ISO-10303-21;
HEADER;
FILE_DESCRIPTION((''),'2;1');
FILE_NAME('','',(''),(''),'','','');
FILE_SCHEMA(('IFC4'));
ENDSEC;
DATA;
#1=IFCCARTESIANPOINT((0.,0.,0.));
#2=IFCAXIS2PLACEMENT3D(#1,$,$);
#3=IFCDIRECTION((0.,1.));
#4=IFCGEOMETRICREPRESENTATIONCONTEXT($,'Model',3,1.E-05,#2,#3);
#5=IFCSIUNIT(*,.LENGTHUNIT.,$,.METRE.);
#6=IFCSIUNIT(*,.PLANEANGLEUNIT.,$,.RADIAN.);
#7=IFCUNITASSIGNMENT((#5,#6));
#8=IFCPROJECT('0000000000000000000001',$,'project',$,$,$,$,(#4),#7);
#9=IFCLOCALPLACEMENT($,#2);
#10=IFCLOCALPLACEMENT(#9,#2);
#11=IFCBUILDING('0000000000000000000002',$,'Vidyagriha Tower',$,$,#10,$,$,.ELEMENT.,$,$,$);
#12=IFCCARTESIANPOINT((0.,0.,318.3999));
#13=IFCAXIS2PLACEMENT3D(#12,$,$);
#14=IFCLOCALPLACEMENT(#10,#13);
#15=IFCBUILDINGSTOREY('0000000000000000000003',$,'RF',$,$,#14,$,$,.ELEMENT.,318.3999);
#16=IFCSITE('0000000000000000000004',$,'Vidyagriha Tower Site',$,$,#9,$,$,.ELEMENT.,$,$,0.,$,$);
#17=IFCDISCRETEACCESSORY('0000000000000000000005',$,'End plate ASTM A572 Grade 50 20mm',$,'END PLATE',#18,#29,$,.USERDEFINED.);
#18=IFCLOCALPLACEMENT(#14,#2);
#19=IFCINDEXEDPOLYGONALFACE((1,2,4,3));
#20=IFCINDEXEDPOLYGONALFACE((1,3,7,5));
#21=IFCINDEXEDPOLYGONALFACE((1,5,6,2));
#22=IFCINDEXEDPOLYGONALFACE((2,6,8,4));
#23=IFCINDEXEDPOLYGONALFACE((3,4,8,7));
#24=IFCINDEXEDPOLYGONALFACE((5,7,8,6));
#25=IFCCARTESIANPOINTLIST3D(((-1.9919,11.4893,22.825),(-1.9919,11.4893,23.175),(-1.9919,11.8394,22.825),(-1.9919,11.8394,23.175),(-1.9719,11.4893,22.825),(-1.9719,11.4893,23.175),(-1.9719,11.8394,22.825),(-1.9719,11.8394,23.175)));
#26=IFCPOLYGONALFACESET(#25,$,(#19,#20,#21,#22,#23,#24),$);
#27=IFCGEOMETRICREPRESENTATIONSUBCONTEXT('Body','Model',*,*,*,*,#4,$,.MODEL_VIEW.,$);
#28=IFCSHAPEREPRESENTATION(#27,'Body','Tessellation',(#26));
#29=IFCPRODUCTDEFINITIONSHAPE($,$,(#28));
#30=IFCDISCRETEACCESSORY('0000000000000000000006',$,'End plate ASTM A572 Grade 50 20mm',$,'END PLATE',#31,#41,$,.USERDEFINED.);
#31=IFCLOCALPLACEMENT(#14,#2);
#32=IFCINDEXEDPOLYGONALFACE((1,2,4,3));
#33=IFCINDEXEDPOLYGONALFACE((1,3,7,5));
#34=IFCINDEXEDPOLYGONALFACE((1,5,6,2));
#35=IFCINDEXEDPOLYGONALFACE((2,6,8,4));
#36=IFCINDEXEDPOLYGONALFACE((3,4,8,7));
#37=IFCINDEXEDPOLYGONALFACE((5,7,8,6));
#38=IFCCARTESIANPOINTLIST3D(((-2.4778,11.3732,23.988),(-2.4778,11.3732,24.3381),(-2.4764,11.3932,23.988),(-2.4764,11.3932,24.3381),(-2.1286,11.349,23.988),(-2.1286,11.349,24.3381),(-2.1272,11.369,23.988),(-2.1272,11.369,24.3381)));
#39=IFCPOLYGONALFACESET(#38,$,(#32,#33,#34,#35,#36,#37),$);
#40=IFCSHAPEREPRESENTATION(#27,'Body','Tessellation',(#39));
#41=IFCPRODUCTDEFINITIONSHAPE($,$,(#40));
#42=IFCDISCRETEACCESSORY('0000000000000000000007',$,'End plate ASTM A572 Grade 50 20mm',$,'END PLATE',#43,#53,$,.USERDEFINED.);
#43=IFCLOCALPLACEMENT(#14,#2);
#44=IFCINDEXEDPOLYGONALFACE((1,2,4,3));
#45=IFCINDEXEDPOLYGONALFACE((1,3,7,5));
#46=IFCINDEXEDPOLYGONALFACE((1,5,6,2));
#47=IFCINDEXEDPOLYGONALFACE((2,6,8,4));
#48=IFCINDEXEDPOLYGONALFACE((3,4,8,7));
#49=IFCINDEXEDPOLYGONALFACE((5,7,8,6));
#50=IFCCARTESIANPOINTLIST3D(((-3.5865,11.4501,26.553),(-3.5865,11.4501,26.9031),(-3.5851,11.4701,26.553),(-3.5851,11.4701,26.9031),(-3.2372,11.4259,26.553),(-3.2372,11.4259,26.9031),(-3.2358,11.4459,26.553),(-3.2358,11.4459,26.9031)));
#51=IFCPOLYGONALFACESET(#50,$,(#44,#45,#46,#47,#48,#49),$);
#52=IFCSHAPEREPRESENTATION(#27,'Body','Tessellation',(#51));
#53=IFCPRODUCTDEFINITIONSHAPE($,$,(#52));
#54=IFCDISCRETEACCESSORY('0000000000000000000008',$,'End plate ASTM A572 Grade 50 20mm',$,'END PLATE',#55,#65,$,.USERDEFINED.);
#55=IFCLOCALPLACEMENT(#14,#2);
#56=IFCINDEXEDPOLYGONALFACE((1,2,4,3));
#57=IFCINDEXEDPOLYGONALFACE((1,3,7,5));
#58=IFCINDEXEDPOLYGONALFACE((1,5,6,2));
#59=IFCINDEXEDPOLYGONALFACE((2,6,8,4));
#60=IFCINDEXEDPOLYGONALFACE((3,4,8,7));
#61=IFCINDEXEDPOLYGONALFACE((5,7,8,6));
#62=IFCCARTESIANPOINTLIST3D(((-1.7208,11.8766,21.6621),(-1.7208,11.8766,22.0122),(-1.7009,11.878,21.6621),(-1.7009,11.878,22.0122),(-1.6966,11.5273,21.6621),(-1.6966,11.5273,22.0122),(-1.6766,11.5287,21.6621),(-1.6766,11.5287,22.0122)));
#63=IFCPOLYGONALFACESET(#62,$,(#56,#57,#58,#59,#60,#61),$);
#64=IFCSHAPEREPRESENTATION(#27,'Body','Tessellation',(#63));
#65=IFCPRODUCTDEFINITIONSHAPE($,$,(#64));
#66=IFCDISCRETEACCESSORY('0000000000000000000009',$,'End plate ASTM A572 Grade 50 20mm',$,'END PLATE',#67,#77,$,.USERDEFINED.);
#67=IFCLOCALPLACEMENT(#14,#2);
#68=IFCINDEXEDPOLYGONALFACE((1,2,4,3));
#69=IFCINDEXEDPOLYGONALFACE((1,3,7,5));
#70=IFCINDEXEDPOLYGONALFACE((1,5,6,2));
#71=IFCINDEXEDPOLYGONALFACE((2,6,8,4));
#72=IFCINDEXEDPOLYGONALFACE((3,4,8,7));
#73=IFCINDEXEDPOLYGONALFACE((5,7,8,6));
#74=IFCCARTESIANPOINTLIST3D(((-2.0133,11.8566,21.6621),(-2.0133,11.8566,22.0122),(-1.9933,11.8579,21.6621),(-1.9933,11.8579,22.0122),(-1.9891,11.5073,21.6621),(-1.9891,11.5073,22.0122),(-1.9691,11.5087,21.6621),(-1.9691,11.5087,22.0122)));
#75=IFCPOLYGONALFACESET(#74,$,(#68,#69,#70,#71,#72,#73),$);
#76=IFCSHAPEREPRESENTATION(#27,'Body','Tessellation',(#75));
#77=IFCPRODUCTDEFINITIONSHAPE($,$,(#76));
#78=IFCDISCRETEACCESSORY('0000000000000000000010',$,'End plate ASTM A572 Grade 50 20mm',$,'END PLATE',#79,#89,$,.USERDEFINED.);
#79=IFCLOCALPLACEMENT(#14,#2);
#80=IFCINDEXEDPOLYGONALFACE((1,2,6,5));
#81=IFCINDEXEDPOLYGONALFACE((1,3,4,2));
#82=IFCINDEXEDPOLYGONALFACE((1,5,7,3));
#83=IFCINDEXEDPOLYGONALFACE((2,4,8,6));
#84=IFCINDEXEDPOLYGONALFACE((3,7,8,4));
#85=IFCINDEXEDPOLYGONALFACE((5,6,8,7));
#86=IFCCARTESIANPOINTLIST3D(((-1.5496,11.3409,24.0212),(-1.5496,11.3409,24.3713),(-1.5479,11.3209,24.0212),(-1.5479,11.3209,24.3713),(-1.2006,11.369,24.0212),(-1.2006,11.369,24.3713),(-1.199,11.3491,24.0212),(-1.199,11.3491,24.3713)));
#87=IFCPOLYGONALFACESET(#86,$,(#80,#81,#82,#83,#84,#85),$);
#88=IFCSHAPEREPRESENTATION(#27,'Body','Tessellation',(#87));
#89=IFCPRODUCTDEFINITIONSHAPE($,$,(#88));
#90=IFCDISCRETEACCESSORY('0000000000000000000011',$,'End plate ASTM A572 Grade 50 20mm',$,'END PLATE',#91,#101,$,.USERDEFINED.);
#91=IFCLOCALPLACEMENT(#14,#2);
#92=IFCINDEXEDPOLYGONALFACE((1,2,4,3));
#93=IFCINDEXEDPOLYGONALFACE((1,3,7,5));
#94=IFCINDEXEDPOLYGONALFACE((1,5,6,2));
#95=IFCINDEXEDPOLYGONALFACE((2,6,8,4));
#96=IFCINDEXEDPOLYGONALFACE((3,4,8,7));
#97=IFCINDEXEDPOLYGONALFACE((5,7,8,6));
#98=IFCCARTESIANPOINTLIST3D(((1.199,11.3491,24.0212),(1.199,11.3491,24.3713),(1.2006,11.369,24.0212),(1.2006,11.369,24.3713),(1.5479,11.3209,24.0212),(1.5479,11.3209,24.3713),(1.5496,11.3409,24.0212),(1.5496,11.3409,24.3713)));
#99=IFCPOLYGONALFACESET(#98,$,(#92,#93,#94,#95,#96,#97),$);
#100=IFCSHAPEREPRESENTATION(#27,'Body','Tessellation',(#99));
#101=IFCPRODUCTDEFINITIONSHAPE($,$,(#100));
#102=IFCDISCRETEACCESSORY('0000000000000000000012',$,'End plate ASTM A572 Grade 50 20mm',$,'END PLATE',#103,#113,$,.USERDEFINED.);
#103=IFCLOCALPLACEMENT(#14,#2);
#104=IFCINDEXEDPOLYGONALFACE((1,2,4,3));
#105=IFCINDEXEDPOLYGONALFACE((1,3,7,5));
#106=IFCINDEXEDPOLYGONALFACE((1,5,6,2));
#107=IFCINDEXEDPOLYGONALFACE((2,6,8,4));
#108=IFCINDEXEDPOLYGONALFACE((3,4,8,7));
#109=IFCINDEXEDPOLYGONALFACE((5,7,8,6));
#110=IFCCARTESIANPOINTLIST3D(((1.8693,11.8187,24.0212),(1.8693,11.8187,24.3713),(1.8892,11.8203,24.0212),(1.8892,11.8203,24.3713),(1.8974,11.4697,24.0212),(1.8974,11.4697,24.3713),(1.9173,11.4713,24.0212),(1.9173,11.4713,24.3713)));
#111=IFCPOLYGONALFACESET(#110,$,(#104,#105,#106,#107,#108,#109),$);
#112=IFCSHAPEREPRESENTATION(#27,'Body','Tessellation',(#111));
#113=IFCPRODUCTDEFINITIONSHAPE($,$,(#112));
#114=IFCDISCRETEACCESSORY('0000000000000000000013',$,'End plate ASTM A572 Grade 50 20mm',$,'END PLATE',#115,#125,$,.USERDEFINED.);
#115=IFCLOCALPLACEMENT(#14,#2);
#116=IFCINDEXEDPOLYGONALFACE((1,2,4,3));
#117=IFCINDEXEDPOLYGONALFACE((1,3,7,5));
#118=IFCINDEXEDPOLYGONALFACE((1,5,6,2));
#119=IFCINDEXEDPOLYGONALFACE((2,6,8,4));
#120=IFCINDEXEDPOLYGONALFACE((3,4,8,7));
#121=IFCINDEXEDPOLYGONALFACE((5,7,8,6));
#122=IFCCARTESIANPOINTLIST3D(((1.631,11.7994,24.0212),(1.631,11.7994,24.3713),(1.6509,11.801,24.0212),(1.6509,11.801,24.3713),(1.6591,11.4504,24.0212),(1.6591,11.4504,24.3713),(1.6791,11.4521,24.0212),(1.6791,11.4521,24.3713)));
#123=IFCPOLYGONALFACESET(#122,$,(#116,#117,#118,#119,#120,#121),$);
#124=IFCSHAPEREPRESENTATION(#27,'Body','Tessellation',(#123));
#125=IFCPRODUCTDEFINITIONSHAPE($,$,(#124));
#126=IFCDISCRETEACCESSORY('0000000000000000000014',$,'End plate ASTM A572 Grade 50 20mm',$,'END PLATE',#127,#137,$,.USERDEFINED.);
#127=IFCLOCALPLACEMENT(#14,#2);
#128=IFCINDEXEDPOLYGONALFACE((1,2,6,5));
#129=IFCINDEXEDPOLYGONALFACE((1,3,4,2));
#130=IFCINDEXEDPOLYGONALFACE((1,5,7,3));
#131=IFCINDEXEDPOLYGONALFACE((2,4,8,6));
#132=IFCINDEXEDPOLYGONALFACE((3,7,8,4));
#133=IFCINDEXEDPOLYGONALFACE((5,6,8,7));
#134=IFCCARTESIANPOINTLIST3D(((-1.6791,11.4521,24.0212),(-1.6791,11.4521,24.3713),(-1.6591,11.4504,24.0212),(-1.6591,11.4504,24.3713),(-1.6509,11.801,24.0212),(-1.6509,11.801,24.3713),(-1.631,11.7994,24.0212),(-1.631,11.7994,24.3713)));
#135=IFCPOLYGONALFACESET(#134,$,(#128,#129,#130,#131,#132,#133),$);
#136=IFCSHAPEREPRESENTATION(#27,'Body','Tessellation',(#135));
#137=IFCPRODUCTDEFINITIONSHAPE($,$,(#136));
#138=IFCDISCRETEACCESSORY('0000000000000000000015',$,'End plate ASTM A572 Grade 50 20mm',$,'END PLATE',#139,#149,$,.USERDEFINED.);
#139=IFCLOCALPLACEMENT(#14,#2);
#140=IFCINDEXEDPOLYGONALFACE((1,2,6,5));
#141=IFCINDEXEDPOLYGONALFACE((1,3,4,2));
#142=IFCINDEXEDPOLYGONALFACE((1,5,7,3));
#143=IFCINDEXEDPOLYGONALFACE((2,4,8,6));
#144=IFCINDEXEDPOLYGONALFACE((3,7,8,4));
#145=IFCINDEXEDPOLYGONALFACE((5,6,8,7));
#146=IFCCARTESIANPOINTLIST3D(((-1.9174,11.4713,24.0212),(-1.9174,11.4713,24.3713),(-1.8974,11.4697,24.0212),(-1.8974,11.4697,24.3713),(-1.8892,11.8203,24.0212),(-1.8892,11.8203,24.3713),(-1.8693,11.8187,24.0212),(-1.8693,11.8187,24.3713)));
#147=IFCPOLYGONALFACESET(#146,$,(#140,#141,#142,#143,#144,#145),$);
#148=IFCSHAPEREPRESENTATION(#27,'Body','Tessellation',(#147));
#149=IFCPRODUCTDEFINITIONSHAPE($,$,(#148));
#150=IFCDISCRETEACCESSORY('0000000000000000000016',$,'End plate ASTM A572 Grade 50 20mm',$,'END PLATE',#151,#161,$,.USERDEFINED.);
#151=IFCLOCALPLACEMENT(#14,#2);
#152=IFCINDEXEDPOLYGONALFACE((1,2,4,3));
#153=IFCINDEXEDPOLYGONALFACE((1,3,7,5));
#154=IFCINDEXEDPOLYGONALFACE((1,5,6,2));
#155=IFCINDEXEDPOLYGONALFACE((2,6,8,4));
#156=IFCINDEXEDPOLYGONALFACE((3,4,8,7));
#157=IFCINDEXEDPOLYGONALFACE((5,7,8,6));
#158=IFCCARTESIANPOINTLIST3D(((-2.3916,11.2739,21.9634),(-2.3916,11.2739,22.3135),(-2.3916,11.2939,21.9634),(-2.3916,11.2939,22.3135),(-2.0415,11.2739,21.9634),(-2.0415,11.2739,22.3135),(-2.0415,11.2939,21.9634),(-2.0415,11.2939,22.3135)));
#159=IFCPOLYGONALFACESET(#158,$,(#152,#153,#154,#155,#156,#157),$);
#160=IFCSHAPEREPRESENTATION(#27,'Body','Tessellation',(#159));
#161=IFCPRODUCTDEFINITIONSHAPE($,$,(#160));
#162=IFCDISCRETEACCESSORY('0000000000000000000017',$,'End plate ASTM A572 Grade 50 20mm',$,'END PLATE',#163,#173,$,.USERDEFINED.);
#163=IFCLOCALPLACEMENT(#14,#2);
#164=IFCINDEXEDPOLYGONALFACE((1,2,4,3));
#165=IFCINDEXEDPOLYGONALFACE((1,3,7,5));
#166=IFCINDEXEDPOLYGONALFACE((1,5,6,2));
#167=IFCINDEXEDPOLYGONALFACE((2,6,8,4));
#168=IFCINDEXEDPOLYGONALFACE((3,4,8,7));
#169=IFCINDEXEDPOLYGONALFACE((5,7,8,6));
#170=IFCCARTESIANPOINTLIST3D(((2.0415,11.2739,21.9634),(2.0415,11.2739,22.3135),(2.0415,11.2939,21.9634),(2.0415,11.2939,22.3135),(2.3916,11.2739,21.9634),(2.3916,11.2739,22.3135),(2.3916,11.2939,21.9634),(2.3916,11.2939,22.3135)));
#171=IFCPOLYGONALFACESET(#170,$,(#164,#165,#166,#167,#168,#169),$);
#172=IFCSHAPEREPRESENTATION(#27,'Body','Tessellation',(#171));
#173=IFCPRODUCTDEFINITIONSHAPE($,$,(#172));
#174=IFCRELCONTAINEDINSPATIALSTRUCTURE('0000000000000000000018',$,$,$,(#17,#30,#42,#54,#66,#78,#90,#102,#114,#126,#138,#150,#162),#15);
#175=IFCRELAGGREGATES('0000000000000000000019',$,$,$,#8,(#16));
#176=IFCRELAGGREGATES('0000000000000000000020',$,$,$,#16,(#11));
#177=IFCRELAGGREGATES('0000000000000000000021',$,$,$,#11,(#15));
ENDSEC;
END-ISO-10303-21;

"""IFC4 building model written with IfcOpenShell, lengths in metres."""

from ifc_helpers import new_model, si_unit, direction, frame, origin, origin_2d, place, context, subcontext, project, spatial, rectangle, extrude, element, save


model = new_model("IFC4")

# Units and contexts
model_context = context("Model", 3, precision=1e-05, world=origin(), true_north=direction((0.0, 1.0)))
body_context = subcontext(model_context, "Body", "Model", "MODEL_VIEW")
ifc_project = project(units=[si_unit("LENGTHUNIT", "METRE"), si_unit("PLANEANGLEUNIT", "RADIAN")], contexts=[model_context])

# Site, building, storey
site_placement = place(None, origin())
site = spatial("IfcSite", under=ifc_project, at=site_placement, Name="Vidyagriha Tower Site", CompositionType="ELEMENT", RefElevation=0.0)
building_placement = place(site_placement, origin())
building = spatial("IfcBuilding", under=site, at=building_placement, Name="Vidyagriha Tower", CompositionType="ELEMENT")
storey_placement = place(building_placement, frame((0.0, 0.0, 318.3999)))
storey = spatial("IfcBuildingStorey", under=building, at=storey_placement, Name="RF", CompositionType="ELEMENT", Elevation=318.3999)

# Discrete accessories
for number, where, z_axis, x_axis, name in (
    (1, (-1.9819, 11.6643, 22.825), (0.0, 0.0, 1.0), (0.0, -1.0, 0.0), "End plate ASTM A572 Grade 50 20mm"),
    (2, (-2.3025, 11.3711, 23.988), (0.0, 0.0, 1.0), (0.997599, -0.069252, 0.0), "End plate ASTM A572 Grade 50 20mm"),
    (3, (-3.4111, 11.448, 26.553), (0.0, 0.0, 1.0), (-0.997599, 0.069252, 0.0), "End plate ASTM A572 Grade 50 20mm"),
    (4, (-1.6987, 11.7026, 21.6621), (0.0, 0.0, 1.0), (0.06922, -0.997601, 0.0), "End plate ASTM A572 Grade 50 20mm"),
    (5, (-1.9912, 11.6826, 21.6621), (0.0, 0.0, 1.0), (0.06922, -0.997601, 0.0), "End plate ASTM A572 Grade 50 20mm"),
    (6, (-1.3743, 11.345, 24.0212), (0.0, 0.0, 1.0), (-0.996769, -0.080315, 0.0), "End plate ASTM A572 Grade 50 20mm"),
    (7, (1.3743, 11.345, 24.0212), (0.0, 0.0, 1.0), (0.996768, -0.08034, 0.0), "End plate ASTM A572 Grade 50 20mm"),
    (8, (1.8933, 11.645, 24.0212), (0.0, 0.0, 1.0), (0.080315, -0.996769, 0.0), "End plate ASTM A572 Grade 50 20mm"),
    (9, (1.655, 11.6257, 24.0212), (0.0, 0.0, 1.0), (0.080315, -0.996769, 0.0), "End plate ASTM A572 Grade 50 20mm"),
    (10, (-1.655, 11.6257, 24.0212), (0.0, 0.0, 1.0), (-0.08034, -0.996768, 0.0), "End plate ASTM A572 Grade 50 20mm"),
    (11, (-1.8933, 11.645, 24.0212), (0.0, 0.0, 1.0), (-0.08034, -0.996768, 0.0), "End plate ASTM A572 Grade 50 20mm"),
):
    element("IfcDiscreteAccessory", number, at=place(storey_placement, frame(where, z_axis=z_axis, x_axis=x_axis)), inside=storey, Name=name, ObjectType="END PLATE", PredefinedType="USERDEFINED", context=body_context, shape_type="SweptSolid", body=[
        extrude(rectangle(XDim=0.3501, YDim=0.02, at=origin_2d()), origin(), (0.0, 0.0, 1.0), 0.3501),
    ])
discrete_accessory_1_placement = place(storey_placement, frame((-2.2166, 11.2839, 21.9634)))
element("IfcDiscreteAccessory", 12, at=discrete_accessory_1_placement, inside=storey, Name="End plate ASTM A572 Grade 50 20mm", ObjectType="END PLATE", PredefinedType="USERDEFINED", context=body_context, shape_type="SweptSolid", body=[
    extrude(rectangle(XDim=0.3501, YDim=0.02, at=origin_2d()), origin(), (0.0, 0.0, 1.0), 0.3501),
])
discrete_accessory_2_placement = place(storey_placement, frame((2.2166, 11.2839, 21.9634), z_axis=(0.0, 0.0, 1.0), x_axis=(-1.0, 0.0, 0.0)))
element("IfcDiscreteAccessory", 13, at=discrete_accessory_2_placement, inside=storey, Name="End plate ASTM A572 Grade 50 20mm", ObjectType="END PLATE", PredefinedType="USERDEFINED", context=body_context, shape_type="SweptSolid", body=[
    extrude(rectangle(XDim=0.3501, YDim=0.02, at=origin_2d()), origin(), (0.0, 0.0, 1.0), 0.3501),
])

save(model, "model.ifc")
